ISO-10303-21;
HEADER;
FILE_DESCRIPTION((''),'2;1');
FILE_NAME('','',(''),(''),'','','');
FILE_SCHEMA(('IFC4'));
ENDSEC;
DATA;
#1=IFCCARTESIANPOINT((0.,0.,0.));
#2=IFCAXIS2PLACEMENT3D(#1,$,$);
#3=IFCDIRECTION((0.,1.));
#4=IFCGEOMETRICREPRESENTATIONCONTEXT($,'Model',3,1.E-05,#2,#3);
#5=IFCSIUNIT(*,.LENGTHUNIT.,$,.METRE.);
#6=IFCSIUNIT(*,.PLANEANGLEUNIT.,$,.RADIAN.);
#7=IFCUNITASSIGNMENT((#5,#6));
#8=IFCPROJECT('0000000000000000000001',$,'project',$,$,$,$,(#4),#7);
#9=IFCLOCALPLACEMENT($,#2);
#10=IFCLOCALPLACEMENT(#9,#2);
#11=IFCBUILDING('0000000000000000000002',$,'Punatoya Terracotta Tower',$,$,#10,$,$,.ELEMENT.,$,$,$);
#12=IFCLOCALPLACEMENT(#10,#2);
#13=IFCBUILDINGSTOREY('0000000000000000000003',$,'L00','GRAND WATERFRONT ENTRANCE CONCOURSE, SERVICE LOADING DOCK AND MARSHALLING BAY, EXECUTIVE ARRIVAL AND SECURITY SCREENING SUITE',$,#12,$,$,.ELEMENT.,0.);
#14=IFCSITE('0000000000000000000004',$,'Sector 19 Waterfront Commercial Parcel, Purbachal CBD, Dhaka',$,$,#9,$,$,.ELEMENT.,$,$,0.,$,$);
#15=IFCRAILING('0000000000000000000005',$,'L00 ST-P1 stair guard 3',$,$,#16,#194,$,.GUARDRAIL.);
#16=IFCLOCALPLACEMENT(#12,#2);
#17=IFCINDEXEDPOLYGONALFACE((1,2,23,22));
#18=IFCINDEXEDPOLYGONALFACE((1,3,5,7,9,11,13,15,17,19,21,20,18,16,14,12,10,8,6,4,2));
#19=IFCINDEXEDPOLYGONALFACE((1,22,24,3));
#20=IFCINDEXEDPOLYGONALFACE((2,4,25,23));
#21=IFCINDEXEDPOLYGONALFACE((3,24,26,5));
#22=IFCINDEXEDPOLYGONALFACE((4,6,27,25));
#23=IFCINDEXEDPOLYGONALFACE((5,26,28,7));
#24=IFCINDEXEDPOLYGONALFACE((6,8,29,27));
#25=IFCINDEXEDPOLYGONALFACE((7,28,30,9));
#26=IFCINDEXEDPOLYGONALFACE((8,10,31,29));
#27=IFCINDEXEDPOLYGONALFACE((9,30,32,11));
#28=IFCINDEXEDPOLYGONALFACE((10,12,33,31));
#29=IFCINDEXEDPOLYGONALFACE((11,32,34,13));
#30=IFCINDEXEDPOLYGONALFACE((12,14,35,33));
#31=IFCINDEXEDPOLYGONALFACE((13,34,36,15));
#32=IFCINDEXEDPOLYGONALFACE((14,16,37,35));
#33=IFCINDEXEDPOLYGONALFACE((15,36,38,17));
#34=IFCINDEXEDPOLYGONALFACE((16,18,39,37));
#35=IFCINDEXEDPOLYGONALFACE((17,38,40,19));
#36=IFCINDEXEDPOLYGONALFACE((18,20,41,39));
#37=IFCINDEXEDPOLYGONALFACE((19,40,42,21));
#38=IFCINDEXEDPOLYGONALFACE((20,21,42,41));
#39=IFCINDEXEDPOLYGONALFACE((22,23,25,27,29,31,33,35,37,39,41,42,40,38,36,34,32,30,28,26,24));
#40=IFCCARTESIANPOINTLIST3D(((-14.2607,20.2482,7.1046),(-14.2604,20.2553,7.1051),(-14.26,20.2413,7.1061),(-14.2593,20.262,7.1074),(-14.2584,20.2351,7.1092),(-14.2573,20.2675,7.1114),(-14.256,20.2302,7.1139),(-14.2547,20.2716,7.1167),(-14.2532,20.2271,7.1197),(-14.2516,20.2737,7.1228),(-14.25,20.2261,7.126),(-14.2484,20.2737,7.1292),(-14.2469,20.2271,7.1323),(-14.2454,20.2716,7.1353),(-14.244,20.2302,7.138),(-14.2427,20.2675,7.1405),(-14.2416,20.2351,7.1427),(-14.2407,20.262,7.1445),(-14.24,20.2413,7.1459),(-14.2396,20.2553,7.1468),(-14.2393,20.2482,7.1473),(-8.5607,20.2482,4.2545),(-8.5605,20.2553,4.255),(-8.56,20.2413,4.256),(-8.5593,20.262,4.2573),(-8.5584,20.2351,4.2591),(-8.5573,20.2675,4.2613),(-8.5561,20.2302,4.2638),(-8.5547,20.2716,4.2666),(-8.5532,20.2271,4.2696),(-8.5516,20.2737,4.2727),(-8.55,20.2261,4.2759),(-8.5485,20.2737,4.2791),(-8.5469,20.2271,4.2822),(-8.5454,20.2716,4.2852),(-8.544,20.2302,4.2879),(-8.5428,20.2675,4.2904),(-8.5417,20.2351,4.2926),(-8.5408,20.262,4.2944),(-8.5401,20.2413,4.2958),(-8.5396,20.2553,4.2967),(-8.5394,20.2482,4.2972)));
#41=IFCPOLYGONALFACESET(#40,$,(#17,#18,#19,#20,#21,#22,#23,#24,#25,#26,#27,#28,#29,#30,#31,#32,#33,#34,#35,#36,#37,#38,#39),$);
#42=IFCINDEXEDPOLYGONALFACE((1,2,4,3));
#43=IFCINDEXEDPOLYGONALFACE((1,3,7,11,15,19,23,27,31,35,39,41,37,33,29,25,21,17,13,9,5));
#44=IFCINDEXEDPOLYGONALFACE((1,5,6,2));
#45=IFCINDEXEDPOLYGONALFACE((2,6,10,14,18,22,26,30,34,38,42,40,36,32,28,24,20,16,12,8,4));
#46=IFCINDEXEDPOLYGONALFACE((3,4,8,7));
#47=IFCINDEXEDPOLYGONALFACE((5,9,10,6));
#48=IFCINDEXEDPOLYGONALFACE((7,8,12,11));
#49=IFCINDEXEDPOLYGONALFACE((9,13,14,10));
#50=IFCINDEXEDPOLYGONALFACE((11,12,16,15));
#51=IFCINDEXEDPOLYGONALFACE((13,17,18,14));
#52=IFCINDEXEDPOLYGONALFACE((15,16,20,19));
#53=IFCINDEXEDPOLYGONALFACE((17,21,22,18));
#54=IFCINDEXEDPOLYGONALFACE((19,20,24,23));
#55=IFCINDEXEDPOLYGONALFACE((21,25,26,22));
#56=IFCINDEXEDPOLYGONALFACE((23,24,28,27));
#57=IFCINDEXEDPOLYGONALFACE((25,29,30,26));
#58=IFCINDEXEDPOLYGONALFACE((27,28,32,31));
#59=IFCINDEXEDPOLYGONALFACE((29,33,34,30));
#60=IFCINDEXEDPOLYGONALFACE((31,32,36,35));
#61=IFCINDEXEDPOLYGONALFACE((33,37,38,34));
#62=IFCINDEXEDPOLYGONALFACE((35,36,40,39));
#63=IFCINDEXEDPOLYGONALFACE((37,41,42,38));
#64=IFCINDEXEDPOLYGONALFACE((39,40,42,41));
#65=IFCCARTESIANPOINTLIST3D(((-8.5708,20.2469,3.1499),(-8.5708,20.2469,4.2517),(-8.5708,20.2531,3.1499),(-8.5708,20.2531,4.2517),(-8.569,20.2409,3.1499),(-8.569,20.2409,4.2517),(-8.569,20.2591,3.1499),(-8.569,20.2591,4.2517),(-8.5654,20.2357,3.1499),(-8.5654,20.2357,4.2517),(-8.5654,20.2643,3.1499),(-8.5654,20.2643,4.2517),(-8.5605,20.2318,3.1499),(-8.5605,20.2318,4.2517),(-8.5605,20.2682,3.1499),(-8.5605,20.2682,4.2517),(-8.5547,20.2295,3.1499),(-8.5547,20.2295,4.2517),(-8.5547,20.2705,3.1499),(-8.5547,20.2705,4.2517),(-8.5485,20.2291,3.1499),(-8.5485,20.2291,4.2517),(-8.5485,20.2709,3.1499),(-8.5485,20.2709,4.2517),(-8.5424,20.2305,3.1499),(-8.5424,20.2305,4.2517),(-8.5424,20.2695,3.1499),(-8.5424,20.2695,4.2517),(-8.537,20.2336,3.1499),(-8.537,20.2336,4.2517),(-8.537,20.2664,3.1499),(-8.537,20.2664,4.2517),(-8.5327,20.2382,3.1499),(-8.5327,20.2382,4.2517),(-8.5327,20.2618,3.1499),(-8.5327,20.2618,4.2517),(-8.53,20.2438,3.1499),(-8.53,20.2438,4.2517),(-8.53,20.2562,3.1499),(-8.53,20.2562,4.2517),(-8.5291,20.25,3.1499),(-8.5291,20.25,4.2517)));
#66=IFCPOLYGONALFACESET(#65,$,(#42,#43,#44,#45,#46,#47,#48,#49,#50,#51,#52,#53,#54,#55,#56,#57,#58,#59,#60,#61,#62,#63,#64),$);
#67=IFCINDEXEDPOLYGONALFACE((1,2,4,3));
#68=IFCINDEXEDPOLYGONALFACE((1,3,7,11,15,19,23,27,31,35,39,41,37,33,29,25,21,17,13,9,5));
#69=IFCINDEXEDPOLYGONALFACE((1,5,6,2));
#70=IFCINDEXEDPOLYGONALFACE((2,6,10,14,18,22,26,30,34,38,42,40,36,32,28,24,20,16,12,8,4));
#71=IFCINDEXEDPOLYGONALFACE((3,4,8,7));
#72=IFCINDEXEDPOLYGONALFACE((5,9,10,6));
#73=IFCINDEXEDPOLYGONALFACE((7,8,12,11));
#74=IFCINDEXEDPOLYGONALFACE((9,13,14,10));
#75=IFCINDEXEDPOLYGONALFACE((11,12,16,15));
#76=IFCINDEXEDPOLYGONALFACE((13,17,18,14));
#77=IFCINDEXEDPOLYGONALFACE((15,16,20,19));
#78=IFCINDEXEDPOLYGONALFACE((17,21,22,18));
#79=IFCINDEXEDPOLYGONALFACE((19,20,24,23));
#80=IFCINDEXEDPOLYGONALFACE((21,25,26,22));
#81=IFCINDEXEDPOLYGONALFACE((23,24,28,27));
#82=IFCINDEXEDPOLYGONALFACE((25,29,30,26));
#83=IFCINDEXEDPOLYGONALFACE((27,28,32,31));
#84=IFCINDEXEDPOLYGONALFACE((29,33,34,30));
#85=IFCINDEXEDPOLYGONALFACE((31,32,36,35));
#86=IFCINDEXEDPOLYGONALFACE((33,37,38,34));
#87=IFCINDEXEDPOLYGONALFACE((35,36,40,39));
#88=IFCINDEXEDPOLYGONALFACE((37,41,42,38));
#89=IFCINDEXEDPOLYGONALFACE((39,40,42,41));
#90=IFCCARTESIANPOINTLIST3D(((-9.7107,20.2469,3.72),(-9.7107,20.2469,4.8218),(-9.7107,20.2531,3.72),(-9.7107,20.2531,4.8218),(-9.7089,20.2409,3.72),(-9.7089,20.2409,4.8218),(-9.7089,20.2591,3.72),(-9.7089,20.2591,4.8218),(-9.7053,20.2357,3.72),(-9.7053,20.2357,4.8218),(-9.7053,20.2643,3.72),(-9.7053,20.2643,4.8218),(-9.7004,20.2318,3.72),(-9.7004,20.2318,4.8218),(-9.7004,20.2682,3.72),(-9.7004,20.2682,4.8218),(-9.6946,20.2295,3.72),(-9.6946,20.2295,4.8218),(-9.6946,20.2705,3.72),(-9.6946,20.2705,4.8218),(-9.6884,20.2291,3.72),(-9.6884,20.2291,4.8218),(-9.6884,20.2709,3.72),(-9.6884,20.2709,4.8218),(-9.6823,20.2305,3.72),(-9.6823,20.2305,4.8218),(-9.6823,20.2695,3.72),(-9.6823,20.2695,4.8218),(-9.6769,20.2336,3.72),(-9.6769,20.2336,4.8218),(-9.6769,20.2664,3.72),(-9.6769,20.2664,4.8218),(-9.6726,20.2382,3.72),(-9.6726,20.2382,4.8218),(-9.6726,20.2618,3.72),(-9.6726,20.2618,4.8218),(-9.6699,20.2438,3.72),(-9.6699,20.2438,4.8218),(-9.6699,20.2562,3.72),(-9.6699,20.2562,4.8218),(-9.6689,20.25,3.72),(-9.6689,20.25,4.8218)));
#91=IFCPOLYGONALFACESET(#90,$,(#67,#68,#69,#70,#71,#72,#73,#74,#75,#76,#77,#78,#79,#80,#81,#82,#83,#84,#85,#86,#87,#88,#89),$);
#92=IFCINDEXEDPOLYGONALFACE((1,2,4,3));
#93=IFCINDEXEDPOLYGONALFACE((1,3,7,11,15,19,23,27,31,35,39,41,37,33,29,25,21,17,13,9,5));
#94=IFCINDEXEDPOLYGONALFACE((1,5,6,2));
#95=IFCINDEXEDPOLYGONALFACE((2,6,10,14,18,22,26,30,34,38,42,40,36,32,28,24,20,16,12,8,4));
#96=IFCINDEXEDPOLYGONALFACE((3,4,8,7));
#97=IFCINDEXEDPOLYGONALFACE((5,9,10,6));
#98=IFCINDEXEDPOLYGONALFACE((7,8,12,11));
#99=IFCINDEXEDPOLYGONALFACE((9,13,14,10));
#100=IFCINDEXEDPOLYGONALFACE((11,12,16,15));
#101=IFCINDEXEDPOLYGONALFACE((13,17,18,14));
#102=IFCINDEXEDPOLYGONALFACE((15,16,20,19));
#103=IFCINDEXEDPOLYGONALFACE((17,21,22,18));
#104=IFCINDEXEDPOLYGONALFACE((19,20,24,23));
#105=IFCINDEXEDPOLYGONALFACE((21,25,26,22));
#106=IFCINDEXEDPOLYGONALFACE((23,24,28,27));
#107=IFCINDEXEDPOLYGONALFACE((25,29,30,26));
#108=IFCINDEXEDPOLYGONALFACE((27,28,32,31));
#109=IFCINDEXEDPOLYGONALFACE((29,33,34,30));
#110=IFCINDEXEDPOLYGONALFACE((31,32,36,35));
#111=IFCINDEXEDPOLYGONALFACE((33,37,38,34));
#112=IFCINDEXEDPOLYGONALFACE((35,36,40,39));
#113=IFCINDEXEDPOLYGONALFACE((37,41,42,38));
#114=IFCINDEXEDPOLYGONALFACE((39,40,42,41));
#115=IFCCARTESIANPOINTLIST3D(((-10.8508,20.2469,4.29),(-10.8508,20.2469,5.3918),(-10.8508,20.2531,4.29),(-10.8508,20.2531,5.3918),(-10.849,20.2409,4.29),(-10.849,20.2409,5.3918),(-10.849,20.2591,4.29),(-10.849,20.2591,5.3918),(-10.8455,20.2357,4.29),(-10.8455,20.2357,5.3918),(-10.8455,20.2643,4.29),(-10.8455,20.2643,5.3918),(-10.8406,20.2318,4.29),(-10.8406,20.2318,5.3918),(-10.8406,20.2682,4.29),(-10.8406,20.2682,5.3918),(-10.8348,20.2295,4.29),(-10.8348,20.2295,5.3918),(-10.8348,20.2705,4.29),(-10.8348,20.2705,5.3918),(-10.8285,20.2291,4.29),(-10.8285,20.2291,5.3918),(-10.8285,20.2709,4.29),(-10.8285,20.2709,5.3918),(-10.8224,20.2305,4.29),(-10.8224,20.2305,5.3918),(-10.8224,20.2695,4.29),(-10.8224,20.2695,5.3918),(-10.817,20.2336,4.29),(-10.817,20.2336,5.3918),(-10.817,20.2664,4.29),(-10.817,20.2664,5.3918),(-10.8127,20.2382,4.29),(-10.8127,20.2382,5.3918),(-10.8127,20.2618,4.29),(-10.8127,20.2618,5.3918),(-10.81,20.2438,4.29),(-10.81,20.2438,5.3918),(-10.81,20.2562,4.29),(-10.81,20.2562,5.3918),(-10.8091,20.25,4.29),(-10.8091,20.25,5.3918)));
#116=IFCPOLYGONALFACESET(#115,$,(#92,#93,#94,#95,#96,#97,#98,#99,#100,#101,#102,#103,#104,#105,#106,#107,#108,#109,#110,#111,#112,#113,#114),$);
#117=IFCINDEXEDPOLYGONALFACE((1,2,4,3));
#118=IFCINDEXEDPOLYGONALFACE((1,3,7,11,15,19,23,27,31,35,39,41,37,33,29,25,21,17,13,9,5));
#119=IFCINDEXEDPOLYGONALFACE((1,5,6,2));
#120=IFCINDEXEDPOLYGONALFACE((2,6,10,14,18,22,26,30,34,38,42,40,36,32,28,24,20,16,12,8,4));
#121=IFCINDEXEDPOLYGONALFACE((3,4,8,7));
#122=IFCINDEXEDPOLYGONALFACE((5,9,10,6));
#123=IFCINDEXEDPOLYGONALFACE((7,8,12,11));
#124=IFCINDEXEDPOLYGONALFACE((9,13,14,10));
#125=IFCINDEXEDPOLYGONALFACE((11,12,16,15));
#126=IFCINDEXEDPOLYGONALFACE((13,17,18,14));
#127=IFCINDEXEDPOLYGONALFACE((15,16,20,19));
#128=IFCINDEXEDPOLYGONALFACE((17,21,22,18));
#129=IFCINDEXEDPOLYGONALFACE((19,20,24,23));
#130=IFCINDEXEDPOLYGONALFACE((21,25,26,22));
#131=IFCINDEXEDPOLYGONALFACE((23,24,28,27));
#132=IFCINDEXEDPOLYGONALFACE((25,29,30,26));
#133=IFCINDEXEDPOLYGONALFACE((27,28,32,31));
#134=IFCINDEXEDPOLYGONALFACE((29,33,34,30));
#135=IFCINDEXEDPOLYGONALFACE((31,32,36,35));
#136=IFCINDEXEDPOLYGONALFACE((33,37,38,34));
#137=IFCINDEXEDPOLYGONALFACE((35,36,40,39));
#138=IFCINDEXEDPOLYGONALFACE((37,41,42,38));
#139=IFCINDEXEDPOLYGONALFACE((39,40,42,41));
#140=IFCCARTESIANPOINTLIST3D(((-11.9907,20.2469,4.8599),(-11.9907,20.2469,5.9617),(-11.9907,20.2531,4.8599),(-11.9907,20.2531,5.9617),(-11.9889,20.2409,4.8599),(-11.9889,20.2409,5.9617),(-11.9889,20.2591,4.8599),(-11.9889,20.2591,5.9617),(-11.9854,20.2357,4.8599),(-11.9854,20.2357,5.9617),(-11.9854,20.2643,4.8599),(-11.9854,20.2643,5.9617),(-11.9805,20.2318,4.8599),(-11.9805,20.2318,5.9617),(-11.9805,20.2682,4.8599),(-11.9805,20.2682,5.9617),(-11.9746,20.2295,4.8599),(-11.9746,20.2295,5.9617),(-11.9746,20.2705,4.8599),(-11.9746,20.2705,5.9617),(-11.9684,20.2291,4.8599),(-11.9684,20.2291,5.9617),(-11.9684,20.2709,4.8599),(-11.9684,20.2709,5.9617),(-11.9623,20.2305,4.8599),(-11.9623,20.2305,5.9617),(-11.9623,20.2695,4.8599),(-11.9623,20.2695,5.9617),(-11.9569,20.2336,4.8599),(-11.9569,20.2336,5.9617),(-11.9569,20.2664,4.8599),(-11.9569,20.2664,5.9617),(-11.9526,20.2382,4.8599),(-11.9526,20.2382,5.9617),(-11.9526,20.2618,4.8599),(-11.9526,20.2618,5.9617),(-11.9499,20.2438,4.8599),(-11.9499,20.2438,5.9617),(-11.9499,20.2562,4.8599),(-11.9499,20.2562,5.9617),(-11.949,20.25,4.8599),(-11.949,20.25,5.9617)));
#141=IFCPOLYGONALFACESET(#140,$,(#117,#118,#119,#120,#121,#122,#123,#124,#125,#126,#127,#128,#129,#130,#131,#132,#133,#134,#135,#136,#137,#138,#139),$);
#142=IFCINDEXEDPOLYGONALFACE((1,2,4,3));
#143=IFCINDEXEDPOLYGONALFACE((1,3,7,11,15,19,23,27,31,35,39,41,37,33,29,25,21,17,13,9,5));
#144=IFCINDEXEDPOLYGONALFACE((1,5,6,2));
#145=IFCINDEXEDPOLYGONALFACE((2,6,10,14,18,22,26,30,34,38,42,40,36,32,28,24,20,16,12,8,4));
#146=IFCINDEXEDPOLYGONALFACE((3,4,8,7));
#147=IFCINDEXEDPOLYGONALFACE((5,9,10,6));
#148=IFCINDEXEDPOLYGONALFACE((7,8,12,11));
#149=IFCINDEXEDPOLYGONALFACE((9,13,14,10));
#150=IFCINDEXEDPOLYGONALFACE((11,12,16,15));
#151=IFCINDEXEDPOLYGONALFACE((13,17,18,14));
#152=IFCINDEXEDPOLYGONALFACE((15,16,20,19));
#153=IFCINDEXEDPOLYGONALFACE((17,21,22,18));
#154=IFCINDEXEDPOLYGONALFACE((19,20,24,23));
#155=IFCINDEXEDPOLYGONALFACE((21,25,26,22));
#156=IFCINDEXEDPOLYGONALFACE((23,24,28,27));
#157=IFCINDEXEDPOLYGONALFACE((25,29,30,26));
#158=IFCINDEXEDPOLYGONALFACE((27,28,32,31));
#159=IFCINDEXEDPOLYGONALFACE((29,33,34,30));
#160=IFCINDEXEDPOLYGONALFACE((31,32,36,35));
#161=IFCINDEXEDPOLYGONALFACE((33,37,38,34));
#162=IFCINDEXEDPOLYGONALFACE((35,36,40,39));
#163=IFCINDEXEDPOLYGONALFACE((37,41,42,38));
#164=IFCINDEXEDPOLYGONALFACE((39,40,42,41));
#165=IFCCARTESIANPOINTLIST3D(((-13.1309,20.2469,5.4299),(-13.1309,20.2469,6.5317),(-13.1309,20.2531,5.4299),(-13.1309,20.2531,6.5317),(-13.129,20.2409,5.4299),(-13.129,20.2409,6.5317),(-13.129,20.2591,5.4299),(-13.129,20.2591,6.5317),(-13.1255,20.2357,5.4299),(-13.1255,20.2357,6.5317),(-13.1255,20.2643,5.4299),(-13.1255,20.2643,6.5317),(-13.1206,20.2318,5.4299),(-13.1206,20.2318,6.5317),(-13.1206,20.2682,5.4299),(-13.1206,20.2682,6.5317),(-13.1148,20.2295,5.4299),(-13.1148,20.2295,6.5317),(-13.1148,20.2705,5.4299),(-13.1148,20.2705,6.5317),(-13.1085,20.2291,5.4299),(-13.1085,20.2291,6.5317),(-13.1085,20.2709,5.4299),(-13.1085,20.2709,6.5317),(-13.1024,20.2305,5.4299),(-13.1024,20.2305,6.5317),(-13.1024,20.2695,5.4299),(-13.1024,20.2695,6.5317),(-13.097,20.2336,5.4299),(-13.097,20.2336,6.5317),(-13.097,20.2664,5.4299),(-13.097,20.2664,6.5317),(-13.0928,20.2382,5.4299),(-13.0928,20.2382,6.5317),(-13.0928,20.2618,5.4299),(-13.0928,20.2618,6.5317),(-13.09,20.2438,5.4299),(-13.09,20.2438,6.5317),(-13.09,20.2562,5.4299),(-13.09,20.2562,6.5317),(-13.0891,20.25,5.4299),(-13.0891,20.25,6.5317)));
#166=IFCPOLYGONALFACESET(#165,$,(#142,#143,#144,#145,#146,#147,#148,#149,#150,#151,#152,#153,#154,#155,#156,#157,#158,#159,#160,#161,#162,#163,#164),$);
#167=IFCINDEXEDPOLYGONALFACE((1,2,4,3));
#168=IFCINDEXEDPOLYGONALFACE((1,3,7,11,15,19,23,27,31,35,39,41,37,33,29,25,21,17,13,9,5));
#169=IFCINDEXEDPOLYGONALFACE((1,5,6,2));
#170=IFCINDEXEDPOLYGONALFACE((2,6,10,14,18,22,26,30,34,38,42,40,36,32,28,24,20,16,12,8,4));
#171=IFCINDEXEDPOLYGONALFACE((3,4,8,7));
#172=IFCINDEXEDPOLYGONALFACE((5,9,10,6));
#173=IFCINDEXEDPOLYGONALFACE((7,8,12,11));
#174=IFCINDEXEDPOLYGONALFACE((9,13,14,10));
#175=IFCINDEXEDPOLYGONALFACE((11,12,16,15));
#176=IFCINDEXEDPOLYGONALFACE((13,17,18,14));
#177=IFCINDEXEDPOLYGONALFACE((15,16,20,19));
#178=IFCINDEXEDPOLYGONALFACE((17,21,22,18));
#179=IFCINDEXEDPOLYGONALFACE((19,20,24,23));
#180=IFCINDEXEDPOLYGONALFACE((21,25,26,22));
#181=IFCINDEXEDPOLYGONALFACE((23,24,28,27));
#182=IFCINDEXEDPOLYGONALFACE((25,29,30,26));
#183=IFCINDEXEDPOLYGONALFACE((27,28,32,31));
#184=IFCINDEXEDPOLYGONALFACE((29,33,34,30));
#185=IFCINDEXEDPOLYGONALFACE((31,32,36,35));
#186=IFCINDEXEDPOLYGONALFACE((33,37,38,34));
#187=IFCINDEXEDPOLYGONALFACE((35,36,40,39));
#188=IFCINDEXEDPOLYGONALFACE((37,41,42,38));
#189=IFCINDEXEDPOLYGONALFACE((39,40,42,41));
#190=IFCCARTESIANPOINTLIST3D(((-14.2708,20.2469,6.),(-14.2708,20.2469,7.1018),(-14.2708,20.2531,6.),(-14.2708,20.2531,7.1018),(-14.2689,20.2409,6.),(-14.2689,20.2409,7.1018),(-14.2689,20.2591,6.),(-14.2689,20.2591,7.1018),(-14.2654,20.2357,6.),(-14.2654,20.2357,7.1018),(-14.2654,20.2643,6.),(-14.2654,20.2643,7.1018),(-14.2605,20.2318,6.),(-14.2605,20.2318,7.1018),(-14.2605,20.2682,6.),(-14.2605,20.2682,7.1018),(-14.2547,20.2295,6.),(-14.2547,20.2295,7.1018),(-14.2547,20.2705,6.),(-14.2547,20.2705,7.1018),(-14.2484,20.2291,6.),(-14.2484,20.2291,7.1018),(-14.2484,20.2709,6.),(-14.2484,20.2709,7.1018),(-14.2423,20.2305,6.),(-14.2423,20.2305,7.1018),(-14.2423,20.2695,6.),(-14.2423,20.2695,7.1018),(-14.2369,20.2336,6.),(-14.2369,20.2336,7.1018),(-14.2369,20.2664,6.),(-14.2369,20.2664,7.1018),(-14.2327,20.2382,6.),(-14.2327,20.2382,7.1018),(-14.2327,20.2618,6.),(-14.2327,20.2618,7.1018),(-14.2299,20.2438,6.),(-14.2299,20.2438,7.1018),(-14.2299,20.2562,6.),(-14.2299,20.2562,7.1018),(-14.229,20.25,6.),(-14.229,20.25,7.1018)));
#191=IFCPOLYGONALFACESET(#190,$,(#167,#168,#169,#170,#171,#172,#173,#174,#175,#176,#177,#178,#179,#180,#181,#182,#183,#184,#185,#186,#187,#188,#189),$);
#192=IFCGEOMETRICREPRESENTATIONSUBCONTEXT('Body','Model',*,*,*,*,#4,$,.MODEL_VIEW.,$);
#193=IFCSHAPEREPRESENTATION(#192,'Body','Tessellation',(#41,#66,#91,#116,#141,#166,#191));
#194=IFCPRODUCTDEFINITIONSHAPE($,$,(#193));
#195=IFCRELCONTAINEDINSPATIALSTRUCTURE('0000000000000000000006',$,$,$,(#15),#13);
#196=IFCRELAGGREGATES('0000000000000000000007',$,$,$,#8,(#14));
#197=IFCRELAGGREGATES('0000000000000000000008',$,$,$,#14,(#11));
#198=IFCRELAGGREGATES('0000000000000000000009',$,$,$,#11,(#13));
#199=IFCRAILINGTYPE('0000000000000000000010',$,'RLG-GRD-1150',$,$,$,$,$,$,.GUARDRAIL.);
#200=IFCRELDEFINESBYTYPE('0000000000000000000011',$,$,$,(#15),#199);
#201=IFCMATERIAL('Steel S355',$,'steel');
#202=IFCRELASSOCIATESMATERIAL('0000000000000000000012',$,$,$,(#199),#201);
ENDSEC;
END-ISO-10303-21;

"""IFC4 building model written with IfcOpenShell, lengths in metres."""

from ifc_helpers import new_model, si_unit, direction, frame, origin, origin_2d, place, context, subcontext, project, spatial, circle, extrude, material, type_object, element, save


model = new_model("IFC4")

# Units and contexts
model_context = context("Model", 3, precision=1e-05, world=origin(), true_north=direction((0.0, 1.0)))
body_context = subcontext(model_context, "Body", "Model", "MODEL_VIEW")
ifc_project = project(units=[si_unit("LENGTHUNIT", "METRE"), si_unit("PLANEANGLEUNIT", "RADIAN")], contexts=[model_context])

# Site, building, storey
site_placement = place(None, origin())
site = spatial("IfcSite", under=ifc_project, at=site_placement, Name="Sector 19 Waterfront Commercial Parcel, Purbachal CBD, Dhaka", CompositionType="ELEMENT", RefElevation=0.0)
building_placement = place(site_placement, origin())
building = spatial("IfcBuilding", under=site, at=building_placement, Name="Punatoya Terracotta Tower", CompositionType="ELEMENT")
storey_placement = place(building_placement, origin())
storey = spatial("IfcBuildingStorey", under=building, at=storey_placement, Name="L00", Description="GRAND WATERFRONT ENTRANCE CONCOURSE, SERVICE LOADING DOCK AND MARSHALLING BAY, EXECUTIVE ARRIVAL AND SECURITY SCREENING SUITE", CompositionType="ELEMENT", Elevation=0.0)

# Shared definitions
ifc_material_1 = material(Name="Steel S355", Category="steel")

# Railing
railing_type_1 = type_object("IfcRailingType", Name="RLG-GRD-1150", PredefinedType="GUARDRAIL", material=ifc_material_1)
railing_1_placement = place(storey_placement, frame((-8.55, 20.25, 3.1499)))
element("IfcRailing", 1, at=railing_1_placement, inside=storey, type_object=railing_type_1, Name="L00 ST-P1 stair guard 3", PredefinedType="GUARDRAIL", context=body_context, shape_type="SweptSolid", body=[
    extrude(circle(Radius=0.0239, at=origin_2d()), frame((0.0, 0.0, 1.126), z_axis=(-0.89442, 0.0, 0.447229), x_axis=(0.0, -1.0, 0.0)), (0.0, 0.0, 1.0), 6.3728),
    extrude(circle(Radius=0.021, at=origin_2d()), origin(), (0.0, 0.0, 1.0), 1.1018),
    extrude(circle(Radius=0.021, at=origin_2d()), frame((-1.1399, 0.0, 0.5701)), (0.0, 0.0, 1.0), 1.1018),
    extrude(circle(Radius=0.021, at=origin_2d()), frame((-2.28, 0.0, 1.1401)), (0.0, 0.0, 1.0), 1.1018),
    extrude(circle(Radius=0.021, at=origin_2d()), frame((-3.4199, 0.0, 1.71)), (0.0, 0.0, 1.0), 1.1018),
    extrude(circle(Radius=0.021, at=origin_2d()), frame((-4.5601, 0.0, 2.28)), (0.0, 0.0, 1.0), 1.1018),
    extrude(circle(Radius=0.021, at=origin_2d()), frame((-5.7, 0.0, 2.8501)), (0.0, 0.0, 1.0), 1.1018),
])

save(model, "model.ifc")
